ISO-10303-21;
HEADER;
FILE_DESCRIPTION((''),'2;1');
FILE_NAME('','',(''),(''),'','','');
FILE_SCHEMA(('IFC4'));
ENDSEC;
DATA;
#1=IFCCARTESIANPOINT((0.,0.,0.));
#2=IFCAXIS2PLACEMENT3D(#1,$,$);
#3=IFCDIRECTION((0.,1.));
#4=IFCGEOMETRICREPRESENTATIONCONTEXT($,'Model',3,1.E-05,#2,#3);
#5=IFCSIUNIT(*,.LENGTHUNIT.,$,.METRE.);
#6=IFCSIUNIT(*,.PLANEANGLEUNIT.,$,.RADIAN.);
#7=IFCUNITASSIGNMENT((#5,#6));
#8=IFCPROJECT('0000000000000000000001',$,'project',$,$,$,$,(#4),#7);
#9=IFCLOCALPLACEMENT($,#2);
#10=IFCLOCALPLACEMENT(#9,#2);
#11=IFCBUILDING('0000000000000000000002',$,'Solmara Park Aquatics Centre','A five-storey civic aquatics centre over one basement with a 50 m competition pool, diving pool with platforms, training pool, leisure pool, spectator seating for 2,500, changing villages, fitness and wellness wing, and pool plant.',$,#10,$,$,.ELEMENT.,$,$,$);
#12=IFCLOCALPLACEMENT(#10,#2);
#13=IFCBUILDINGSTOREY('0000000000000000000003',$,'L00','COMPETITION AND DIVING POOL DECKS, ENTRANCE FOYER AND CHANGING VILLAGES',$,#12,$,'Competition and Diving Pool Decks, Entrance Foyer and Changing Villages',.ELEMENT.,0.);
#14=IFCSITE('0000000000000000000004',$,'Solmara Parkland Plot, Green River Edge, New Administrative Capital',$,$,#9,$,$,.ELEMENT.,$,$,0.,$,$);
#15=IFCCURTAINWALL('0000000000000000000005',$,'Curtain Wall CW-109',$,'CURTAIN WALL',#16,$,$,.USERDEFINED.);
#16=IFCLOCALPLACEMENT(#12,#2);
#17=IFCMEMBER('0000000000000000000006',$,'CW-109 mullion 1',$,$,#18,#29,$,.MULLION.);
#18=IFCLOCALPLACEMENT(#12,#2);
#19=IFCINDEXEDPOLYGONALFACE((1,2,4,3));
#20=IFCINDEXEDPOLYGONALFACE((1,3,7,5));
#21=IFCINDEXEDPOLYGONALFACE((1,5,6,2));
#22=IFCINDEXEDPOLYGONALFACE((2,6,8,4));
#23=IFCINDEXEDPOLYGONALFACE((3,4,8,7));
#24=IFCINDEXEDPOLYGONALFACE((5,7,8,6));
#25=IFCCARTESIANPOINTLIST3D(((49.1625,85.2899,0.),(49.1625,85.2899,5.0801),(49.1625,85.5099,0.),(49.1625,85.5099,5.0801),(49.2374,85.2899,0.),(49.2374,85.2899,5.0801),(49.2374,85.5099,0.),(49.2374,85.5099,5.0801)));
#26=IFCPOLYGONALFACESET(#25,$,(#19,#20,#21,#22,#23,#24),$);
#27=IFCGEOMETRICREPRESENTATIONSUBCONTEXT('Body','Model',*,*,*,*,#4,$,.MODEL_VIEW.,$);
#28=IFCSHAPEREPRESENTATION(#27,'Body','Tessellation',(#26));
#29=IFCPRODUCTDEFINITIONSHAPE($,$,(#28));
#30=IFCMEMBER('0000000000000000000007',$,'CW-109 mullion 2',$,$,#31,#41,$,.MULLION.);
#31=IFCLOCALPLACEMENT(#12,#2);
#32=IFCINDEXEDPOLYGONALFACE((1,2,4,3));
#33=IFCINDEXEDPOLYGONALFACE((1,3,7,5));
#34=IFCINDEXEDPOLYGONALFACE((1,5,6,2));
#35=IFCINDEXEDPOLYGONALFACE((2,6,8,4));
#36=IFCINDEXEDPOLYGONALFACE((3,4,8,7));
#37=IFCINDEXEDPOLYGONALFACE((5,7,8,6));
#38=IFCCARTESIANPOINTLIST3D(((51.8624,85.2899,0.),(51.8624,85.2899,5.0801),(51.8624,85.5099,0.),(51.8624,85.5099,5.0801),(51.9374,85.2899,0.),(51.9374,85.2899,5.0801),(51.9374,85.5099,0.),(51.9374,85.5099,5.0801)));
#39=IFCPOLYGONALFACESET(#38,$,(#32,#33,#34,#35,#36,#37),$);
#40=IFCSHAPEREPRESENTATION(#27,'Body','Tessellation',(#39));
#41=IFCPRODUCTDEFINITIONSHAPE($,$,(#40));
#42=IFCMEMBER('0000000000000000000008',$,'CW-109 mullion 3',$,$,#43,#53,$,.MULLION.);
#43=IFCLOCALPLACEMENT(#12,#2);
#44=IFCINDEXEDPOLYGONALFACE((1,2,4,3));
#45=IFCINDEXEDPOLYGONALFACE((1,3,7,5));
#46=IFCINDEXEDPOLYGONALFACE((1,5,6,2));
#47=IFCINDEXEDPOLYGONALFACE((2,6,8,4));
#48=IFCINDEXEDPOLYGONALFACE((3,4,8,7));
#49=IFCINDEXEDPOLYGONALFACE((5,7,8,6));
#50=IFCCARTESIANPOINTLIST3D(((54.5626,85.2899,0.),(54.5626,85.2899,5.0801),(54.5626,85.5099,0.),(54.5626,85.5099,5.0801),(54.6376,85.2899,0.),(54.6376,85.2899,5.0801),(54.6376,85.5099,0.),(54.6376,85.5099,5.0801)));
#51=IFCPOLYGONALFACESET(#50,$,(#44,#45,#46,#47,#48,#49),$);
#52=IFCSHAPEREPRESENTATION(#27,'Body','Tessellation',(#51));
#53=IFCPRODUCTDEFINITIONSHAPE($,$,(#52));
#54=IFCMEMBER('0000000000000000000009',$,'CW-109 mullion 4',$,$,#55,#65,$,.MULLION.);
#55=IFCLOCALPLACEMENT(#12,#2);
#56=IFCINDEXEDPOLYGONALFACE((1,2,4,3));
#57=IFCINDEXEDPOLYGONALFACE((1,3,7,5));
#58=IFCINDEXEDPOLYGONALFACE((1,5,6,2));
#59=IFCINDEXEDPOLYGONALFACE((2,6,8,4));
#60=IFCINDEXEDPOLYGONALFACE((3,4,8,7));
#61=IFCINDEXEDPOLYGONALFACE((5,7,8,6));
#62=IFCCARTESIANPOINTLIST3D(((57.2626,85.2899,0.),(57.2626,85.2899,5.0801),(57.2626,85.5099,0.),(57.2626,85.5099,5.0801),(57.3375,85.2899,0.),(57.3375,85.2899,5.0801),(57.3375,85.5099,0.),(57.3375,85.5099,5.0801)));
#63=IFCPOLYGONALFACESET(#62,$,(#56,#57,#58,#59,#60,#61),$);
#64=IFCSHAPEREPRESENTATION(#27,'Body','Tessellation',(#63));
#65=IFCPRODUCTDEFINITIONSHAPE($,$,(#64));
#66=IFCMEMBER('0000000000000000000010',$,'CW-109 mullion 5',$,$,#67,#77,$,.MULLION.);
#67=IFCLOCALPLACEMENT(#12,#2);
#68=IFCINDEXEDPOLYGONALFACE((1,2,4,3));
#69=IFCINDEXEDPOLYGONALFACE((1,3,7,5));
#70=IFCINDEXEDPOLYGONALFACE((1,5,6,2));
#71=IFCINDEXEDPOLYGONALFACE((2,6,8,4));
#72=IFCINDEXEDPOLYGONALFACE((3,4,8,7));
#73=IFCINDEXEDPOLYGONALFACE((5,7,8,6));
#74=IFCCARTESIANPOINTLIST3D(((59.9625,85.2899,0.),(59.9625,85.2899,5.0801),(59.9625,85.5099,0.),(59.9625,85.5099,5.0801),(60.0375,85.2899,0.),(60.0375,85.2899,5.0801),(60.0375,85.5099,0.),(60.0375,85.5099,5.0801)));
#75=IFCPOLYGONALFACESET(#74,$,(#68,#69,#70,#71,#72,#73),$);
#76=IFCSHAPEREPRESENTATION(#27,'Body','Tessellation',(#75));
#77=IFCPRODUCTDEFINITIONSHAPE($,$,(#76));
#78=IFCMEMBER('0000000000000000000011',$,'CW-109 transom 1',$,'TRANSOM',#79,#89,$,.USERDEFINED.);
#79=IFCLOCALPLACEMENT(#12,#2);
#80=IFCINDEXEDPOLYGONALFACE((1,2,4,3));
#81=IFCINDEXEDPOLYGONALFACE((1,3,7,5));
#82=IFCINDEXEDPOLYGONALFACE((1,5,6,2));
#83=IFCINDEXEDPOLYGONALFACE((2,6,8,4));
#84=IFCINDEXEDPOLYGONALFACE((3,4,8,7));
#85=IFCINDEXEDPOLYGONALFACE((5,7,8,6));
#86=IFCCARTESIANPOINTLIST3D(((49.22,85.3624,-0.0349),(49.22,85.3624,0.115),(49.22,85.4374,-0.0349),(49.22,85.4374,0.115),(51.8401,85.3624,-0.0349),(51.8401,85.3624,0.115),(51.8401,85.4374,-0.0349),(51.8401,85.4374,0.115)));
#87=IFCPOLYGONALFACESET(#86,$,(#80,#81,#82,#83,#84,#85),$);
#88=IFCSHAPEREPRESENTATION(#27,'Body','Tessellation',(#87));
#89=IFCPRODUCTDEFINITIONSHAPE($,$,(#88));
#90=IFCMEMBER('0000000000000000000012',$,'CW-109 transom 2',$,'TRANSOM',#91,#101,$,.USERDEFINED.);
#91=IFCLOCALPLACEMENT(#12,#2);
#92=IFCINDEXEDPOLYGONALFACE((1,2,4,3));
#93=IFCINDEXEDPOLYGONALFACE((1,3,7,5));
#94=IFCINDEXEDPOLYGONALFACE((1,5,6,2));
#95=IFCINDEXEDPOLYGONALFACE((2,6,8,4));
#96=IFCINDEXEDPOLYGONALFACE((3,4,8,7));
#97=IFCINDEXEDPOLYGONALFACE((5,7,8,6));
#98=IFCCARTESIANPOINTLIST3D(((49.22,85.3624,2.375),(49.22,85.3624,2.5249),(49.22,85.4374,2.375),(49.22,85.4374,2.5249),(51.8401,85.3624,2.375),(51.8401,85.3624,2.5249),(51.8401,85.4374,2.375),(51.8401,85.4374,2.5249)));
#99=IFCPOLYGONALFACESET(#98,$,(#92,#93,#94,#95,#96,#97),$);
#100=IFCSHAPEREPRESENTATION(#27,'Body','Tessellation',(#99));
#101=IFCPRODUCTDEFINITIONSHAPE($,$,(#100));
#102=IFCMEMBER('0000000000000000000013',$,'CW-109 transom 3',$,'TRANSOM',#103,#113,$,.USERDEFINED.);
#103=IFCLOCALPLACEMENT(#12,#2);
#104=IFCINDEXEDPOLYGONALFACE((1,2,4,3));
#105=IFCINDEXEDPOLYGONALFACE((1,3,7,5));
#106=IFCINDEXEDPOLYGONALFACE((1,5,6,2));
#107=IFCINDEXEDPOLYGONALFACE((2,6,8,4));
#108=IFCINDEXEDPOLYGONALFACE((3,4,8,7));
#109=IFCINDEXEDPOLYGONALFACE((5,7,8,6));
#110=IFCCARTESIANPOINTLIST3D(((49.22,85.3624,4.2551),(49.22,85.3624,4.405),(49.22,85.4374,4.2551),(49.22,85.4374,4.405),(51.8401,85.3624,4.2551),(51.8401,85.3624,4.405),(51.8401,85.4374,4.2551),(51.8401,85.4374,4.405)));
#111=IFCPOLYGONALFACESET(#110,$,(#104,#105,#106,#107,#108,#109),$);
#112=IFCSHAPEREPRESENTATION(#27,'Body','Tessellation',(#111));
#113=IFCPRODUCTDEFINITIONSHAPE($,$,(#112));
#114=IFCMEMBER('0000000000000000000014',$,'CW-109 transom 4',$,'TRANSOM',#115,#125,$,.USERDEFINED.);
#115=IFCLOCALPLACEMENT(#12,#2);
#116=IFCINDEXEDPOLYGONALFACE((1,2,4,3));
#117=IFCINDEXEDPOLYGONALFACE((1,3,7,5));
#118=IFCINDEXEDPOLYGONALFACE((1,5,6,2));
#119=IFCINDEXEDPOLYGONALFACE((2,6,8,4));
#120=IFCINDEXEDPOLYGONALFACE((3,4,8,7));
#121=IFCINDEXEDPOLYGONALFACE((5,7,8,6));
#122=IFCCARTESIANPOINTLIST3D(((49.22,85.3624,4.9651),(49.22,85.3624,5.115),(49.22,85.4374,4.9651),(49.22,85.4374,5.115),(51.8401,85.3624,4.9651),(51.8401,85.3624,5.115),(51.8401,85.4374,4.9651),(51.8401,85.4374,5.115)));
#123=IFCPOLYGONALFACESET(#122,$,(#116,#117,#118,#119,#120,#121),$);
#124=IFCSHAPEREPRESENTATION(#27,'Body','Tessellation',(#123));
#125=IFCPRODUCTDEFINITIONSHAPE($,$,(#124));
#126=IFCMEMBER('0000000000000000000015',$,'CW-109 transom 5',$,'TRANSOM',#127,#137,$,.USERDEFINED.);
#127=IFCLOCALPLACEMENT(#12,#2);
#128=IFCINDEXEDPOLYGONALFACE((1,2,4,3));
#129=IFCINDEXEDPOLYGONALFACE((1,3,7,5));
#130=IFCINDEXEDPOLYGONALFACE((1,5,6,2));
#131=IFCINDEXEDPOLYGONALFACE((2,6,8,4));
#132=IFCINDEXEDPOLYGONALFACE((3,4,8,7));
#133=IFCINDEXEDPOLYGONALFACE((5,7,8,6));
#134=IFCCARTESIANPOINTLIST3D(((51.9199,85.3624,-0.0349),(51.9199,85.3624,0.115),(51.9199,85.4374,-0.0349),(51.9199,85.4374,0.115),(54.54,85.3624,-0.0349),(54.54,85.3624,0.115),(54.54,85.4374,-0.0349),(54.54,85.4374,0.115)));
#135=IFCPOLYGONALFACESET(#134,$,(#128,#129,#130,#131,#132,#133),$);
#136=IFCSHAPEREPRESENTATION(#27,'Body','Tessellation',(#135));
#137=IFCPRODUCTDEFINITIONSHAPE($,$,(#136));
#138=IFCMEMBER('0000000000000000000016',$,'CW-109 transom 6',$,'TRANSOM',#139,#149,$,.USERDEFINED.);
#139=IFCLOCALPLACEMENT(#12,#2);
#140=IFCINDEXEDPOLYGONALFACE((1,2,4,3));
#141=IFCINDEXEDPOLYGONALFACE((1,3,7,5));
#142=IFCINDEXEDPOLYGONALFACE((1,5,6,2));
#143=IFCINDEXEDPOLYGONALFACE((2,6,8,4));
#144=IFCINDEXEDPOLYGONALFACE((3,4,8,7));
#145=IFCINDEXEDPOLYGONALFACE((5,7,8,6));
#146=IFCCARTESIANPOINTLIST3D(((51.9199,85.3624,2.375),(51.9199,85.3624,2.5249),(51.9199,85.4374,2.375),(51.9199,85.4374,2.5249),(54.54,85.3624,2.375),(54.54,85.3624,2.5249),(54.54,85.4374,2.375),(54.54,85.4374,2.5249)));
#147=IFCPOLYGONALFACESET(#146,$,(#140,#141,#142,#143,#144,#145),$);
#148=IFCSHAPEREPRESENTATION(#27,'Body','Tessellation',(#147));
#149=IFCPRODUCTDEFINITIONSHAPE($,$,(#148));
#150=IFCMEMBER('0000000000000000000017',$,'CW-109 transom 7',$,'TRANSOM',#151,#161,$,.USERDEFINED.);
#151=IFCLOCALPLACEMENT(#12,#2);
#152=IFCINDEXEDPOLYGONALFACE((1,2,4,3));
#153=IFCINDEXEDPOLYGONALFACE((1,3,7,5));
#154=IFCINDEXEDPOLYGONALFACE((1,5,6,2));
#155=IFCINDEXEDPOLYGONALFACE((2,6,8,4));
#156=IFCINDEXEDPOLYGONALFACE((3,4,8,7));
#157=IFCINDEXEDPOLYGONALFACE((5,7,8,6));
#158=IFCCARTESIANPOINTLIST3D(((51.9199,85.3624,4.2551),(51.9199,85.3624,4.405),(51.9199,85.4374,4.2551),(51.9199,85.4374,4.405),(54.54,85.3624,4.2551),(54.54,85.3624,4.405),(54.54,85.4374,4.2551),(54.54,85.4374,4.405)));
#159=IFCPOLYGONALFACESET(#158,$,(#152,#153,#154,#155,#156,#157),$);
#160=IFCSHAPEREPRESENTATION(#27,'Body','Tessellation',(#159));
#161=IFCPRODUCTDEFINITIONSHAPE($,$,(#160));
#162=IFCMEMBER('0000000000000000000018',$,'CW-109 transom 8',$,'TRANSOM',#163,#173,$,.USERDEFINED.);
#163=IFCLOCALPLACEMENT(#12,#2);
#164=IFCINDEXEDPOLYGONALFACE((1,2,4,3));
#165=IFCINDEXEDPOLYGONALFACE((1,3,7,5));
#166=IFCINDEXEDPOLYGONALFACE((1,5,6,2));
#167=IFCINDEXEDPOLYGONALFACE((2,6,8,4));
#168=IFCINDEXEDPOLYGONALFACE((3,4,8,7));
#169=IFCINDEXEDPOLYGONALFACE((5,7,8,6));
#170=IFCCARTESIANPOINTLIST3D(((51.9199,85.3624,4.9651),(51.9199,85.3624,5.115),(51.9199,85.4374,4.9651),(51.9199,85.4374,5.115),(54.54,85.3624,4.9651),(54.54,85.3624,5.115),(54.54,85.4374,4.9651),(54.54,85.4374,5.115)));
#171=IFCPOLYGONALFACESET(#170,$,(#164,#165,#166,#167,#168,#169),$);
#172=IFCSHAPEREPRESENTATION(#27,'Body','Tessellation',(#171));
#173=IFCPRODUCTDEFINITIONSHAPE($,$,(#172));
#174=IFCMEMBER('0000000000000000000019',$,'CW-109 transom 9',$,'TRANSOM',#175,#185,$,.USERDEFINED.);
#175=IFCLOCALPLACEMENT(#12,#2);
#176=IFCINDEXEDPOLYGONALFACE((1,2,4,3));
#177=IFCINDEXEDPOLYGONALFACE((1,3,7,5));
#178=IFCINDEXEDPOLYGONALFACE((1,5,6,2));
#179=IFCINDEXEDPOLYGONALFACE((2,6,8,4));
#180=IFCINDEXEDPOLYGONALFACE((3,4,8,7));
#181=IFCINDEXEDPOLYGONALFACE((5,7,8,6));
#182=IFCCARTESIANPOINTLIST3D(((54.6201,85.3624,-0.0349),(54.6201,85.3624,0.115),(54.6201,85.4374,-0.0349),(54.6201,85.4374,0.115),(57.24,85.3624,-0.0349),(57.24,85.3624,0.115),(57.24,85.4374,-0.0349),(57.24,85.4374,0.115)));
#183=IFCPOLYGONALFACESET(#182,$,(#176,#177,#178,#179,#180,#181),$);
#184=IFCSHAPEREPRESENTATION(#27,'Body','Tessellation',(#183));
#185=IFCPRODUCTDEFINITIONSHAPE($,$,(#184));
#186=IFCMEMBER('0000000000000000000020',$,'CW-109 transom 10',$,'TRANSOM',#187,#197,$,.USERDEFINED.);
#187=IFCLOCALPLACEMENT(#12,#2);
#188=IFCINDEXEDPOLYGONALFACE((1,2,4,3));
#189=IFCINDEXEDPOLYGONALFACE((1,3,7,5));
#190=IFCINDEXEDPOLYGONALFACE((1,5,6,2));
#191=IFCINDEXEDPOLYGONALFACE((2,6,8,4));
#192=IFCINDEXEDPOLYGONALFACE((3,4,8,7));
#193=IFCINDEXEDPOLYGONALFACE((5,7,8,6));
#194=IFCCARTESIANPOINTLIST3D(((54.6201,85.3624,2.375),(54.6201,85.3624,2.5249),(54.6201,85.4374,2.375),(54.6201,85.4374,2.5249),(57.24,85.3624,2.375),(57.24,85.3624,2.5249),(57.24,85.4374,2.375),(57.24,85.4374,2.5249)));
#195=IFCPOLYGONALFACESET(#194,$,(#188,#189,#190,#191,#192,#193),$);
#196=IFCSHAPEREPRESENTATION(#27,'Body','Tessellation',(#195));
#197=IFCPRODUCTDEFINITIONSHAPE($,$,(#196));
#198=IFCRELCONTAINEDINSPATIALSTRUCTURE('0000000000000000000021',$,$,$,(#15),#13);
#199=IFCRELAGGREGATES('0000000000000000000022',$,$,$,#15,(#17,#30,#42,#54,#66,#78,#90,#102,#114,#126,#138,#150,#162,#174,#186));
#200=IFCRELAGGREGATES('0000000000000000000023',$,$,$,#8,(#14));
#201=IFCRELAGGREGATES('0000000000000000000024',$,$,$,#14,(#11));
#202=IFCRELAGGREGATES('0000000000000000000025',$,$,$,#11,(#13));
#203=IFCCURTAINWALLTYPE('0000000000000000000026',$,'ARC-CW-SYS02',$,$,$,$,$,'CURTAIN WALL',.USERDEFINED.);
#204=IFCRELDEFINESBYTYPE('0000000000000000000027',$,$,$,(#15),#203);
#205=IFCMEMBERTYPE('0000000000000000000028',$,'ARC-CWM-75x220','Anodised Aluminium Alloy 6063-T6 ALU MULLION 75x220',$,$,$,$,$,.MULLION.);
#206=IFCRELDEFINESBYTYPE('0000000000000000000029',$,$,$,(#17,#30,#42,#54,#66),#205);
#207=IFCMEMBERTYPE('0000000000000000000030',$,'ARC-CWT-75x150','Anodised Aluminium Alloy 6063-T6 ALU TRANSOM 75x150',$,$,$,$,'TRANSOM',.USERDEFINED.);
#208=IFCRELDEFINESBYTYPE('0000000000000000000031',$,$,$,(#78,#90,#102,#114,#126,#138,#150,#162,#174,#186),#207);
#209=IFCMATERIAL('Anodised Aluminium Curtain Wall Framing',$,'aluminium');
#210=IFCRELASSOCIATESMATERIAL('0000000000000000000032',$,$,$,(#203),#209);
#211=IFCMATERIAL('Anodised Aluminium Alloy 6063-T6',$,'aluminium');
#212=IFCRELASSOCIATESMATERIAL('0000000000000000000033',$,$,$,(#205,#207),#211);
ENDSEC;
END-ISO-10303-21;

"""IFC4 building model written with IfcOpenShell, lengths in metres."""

from ifc_helpers import new_model, si_unit, direction, frame, origin, origin_2d, place, context, subcontext, project, spatial, rectangle, extrude, material, material_profile, profile_set, type_object, element, aggregate, save


model = new_model("IFC4")

# Units and contexts
model_context = context("Model", 3, precision=1e-05, world=origin(), true_north=direction((0.0, 1.0)))
body_context = subcontext(model_context, "Body", "Model", "MODEL_VIEW")
ifc_project = project(units=[si_unit("LENGTHUNIT", "METRE"), si_unit("PLANEANGLEUNIT", "RADIAN")], contexts=[model_context])

# Site, building, storey
site_placement = place(None, origin())
site = spatial("IfcSite", under=ifc_project, at=site_placement, Name="Solmara Parkland Plot, Green River Edge, New Administrative Capital", CompositionType="ELEMENT", RefElevation=0.0)
building_placement = place(site_placement, origin())
building = spatial("IfcBuilding", under=site, at=building_placement, Name="Solmara Park Aquatics Centre", Description="A five-storey civic aquatics centre over one basement with a 50 m competition pool, diving pool with platforms, training pool, leisure pool, spectator seating for 2,500, changing villages, fitness and wellness wing, and pool plant.", CompositionType="ELEMENT")
storey_placement = place(building_placement, origin())
storey = spatial("IfcBuildingStorey", under=building, at=storey_placement, Name="L00", Description="COMPETITION AND DIVING POOL DECKS, ENTRANCE FOYER AND CHANGING VILLAGES", LongName="Competition and Diving Pool Decks, Entrance Foyer and Changing Villages", CompositionType="ELEMENT", Elevation=0.0)

# Curtain wall, members
ifc_material_1 = material(Name="Anodised Aluminium Curtain Wall Framing", Category="aluminium")
curtain_wall_type = type_object("IfcCurtainWallType", Name="ARC-CW-SYS02", ElementType="CURTAIN WALL", PredefinedType="USERDEFINED", material=ifc_material_1)
curtain_wall_placement = place(storey_placement, origin())
curtain_wall = element("IfcCurtainWall", 1, at=curtain_wall_placement, inside=storey, type_object=curtain_wall_type, Name="Curtain Wall CW-109", ObjectType="CURTAIN WALL", PredefinedType="USERDEFINED")
ifc_material_2 = material(Name="Anodised Aluminium Alloy 6063-T6", Category="aluminium")
ifc_material_profile_1 = material_profile(ifc_material_2, rectangle(XDim=0.075, YDim=0.22, at=origin_2d()), Name="ALU MULLION 75x220")
ifc_profile_set_1 = profile_set([ifc_material_profile_1], Name="Anodised Aluminium Alloy 6063-T6")
member_type_1 = type_object("IfcMemberType", Name="ARC-CWM-75x220", Description="Anodised Aluminium Alloy 6063-T6 ALU MULLION 75x220", PredefinedType="MULLION", material=ifc_profile_set_1)
member_1_placement = place(storey_placement, frame((49.2, 85.3999, 0.0), z_axis=(0.0, 0.0, 1.0), x_axis=(1.0, 0.0, 0.0)))
member_1 = element("IfcMember", 2, at=member_1_placement, type_object=member_type_1, Name="CW-109 mullion 1", PredefinedType="MULLION", context=body_context, shape_type="SweptSolid", body=[
    extrude(rectangle(XDim=0.075, YDim=0.22, at=origin_2d()), origin(), (0.0, 0.0, 1.0), 5.0801),
])
member_2_placement = place(storey_placement, frame((51.8999, 85.3999, 0.0), z_axis=(0.0, 0.0, 1.0), x_axis=(1.0, 0.0, 0.0)))
member_2 = element("IfcMember", 3, at=member_2_placement, type_object=member_type_1, Name="CW-109 mullion 2", PredefinedType="MULLION", context=body_context, shape_type="SweptSolid", body=[
    extrude(rectangle(XDim=0.075, YDim=0.22, at=origin_2d()), origin(), (0.0, 0.0, 1.0), 5.0801),
])
member_3_placement = place(storey_placement, frame((54.6001, 85.3999, 0.0), z_axis=(0.0, 0.0, 1.0), x_axis=(1.0, 0.0, 0.0)))
member_3 = element("IfcMember", 4, at=member_3_placement, type_object=member_type_1, Name="CW-109 mullion 3", PredefinedType="MULLION", context=body_context, shape_type="SweptSolid", body=[
    extrude(rectangle(XDim=0.075, YDim=0.22, at=origin_2d()), origin(), (0.0, 0.0, 1.0), 5.0801),
])
member_4_placement = place(storey_placement, frame((57.3, 85.3999, 0.0), z_axis=(0.0, 0.0, 1.0), x_axis=(1.0, 0.0, 0.0)))
member_4 = element("IfcMember", 5, at=member_4_placement, type_object=member_type_1, Name="CW-109 mullion 4", PredefinedType="MULLION", context=body_context, shape_type="SweptSolid", body=[
    extrude(rectangle(XDim=0.075, YDim=0.22, at=origin_2d()), origin(), (0.0, 0.0, 1.0), 5.0801),
])
member_5_placement = place(storey_placement, frame((60.0, 85.3999, 0.0), z_axis=(0.0, 0.0, 1.0), x_axis=(1.0, 0.0, 0.0)))
member_5 = element("IfcMember", 6, at=member_5_placement, type_object=member_type_1, Name="CW-109 mullion 5", PredefinedType="MULLION", context=body_context, shape_type="SweptSolid", body=[
    extrude(rectangle(XDim=0.075, YDim=0.22, at=origin_2d()), origin(), (0.0, 0.0, 1.0), 5.0801),
])
ifc_material_profile_2 = material_profile(ifc_material_2, rectangle(XDim=0.075, YDim=0.1499, at=origin_2d()), Name="ALU TRANSOM 75x150")
ifc_profile_set_2 = profile_set([ifc_material_profile_2], Name="Anodised Aluminium Alloy 6063-T6")
member_type_2 = type_object("IfcMemberType", Name="ARC-CWT-75x150", Description="Anodised Aluminium Alloy 6063-T6 ALU TRANSOM 75x150", ElementType="TRANSOM", PredefinedType="USERDEFINED", material=ifc_profile_set_2)
member_6_placement = place(storey_placement, frame((49.22, 85.3999, 0.04), z_axis=(1.0, 0.0, 0.0), x_axis=(0.0, 1.0, 0.0)))
member_6 = element("IfcMember", 7, at=member_6_placement, type_object=member_type_2, Name="CW-109 transom 1", ObjectType="TRANSOM", PredefinedType="USERDEFINED", context=body_context, shape_type="SweptSolid", body=[
    extrude(rectangle(XDim=0.075, YDim=0.1499, at=origin_2d()), origin(), (0.0, 0.0, 1.0), 2.6201),
])
member_7_placement = place(storey_placement, frame((49.22, 85.3999, 2.45), z_axis=(1.0, 0.0, 0.0), x_axis=(0.0, 1.0, 0.0)))
member_7 = element("IfcMember", 8, at=member_7_placement, type_object=member_type_2, Name="CW-109 transom 2", ObjectType="TRANSOM", PredefinedType="USERDEFINED", context=body_context, shape_type="SweptSolid", body=[
    extrude(rectangle(XDim=0.075, YDim=0.1499, at=origin_2d()), origin(), (0.0, 0.0, 1.0), 2.6201),
])
member_8_placement = place(storey_placement, frame((49.22, 85.3999, 4.3301), z_axis=(1.0, 0.0, 0.0), x_axis=(0.0, 1.0, 0.0)))
member_8 = element("IfcMember", 9, at=member_8_placement, type_object=member_type_2, Name="CW-109 transom 3", ObjectType="TRANSOM", PredefinedType="USERDEFINED", context=body_context, shape_type="SweptSolid", body=[
    extrude(rectangle(XDim=0.075, YDim=0.1499, at=origin_2d()), origin(), (0.0, 0.0, 1.0), 2.6201),
])
member_9_placement = place(storey_placement, frame((49.22, 85.3999, 5.04), z_axis=(1.0, 0.0, 0.0), x_axis=(0.0, 1.0, 0.0)))
member_9 = element("IfcMember", 10, at=member_9_placement, type_object=member_type_2, Name="CW-109 transom 4", ObjectType="TRANSOM", PredefinedType="USERDEFINED", context=body_context, shape_type="SweptSolid", body=[
    extrude(rectangle(XDim=0.075, YDim=0.1499, at=origin_2d()), origin(), (0.0, 0.0, 1.0), 2.6201),
])
member_10_placement = place(storey_placement, frame((51.9199, 85.3999, 0.04), z_axis=(1.0, 0.0, 0.0), x_axis=(0.0, 1.0, 0.0)))
member_10 = element("IfcMember", 11, at=member_10_placement, type_object=member_type_2, Name="CW-109 transom 5", ObjectType="TRANSOM", PredefinedType="USERDEFINED", context=body_context, shape_type="SweptSolid", body=[
    extrude(rectangle(XDim=0.075, YDim=0.1499, at=origin_2d()), origin(), (0.0, 0.0, 1.0), 2.6201),
])
member_11_placement = place(storey_placement, frame((51.9199, 85.3999, 2.45), z_axis=(1.0, 0.0, 0.0), x_axis=(0.0, 1.0, 0.0)))
member_11 = element("IfcMember", 12, at=member_11_placement, type_object=member_type_2, Name="CW-109 transom 6", ObjectType="TRANSOM", PredefinedType="USERDEFINED", context=body_context, shape_type="SweptSolid", body=[
    extrude(rectangle(XDim=0.075, YDim=0.1499, at=origin_2d()), origin(), (0.0, 0.0, 1.0), 2.6201),
])
member_12_placement = place(storey_placement, frame((51.9199, 85.3999, 4.3301), z_axis=(1.0, 0.0, 0.0), x_axis=(0.0, 1.0, 0.0)))
member_12 = element("IfcMember", 13, at=member_12_placement, type_object=member_type_2, Name="CW-109 transom 7", ObjectType="TRANSOM", PredefinedType="USERDEFINED", context=body_context, shape_type="SweptSolid", body=[
    extrude(rectangle(XDim=0.075, YDim=0.1499, at=origin_2d()), origin(), (0.0, 0.0, 1.0), 2.6201),
])
member_13_placement = place(storey_placement, frame((51.9199, 85.3999, 5.04), z_axis=(1.0, 0.0, 0.0), x_axis=(0.0, 1.0, 0.0)))
member_13 = element("IfcMember", 14, at=member_13_placement, type_object=member_type_2, Name="CW-109 transom 8", ObjectType="TRANSOM", PredefinedType="USERDEFINED", context=body_context, shape_type="SweptSolid", body=[
    extrude(rectangle(XDim=0.075, YDim=0.1499, at=origin_2d()), origin(), (0.0, 0.0, 1.0), 2.6201),
])
member_14_placement = place(storey_placement, frame((54.6201, 85.3999, 0.04), z_axis=(1.0, 0.0, 0.0), x_axis=(0.0, 1.0, 0.0)))
member_14 = element("IfcMember", 15, at=member_14_placement, type_object=member_type_2, Name="CW-109 transom 9", ObjectType="TRANSOM", PredefinedType="USERDEFINED", context=body_context, shape_type="SweptSolid", body=[
    extrude(rectangle(XDim=0.075, YDim=0.1499, at=origin_2d()), origin(), (0.0, 0.0, 1.0), 2.6199),
])
member_15_placement = place(storey_placement, frame((54.6201, 85.3999, 2.45), z_axis=(1.0, 0.0, 0.0), x_axis=(0.0, 1.0, 0.0)))
member_15 = element("IfcMember", 16, at=member_15_placement, type_object=member_type_2, Name="CW-109 transom 10", ObjectType="TRANSOM", PredefinedType="USERDEFINED", context=body_context, shape_type="SweptSolid", body=[
    extrude(rectangle(XDim=0.075, YDim=0.1499, at=origin_2d()), origin(), (0.0, 0.0, 1.0), 2.6199),
])

aggregate(curtain_wall, [member_1, member_2, member_3, member_4, member_5, member_6, member_7, member_8, member_9, member_10, member_11, member_12, member_13, member_14, member_15])

save(model, "model.ifc")
